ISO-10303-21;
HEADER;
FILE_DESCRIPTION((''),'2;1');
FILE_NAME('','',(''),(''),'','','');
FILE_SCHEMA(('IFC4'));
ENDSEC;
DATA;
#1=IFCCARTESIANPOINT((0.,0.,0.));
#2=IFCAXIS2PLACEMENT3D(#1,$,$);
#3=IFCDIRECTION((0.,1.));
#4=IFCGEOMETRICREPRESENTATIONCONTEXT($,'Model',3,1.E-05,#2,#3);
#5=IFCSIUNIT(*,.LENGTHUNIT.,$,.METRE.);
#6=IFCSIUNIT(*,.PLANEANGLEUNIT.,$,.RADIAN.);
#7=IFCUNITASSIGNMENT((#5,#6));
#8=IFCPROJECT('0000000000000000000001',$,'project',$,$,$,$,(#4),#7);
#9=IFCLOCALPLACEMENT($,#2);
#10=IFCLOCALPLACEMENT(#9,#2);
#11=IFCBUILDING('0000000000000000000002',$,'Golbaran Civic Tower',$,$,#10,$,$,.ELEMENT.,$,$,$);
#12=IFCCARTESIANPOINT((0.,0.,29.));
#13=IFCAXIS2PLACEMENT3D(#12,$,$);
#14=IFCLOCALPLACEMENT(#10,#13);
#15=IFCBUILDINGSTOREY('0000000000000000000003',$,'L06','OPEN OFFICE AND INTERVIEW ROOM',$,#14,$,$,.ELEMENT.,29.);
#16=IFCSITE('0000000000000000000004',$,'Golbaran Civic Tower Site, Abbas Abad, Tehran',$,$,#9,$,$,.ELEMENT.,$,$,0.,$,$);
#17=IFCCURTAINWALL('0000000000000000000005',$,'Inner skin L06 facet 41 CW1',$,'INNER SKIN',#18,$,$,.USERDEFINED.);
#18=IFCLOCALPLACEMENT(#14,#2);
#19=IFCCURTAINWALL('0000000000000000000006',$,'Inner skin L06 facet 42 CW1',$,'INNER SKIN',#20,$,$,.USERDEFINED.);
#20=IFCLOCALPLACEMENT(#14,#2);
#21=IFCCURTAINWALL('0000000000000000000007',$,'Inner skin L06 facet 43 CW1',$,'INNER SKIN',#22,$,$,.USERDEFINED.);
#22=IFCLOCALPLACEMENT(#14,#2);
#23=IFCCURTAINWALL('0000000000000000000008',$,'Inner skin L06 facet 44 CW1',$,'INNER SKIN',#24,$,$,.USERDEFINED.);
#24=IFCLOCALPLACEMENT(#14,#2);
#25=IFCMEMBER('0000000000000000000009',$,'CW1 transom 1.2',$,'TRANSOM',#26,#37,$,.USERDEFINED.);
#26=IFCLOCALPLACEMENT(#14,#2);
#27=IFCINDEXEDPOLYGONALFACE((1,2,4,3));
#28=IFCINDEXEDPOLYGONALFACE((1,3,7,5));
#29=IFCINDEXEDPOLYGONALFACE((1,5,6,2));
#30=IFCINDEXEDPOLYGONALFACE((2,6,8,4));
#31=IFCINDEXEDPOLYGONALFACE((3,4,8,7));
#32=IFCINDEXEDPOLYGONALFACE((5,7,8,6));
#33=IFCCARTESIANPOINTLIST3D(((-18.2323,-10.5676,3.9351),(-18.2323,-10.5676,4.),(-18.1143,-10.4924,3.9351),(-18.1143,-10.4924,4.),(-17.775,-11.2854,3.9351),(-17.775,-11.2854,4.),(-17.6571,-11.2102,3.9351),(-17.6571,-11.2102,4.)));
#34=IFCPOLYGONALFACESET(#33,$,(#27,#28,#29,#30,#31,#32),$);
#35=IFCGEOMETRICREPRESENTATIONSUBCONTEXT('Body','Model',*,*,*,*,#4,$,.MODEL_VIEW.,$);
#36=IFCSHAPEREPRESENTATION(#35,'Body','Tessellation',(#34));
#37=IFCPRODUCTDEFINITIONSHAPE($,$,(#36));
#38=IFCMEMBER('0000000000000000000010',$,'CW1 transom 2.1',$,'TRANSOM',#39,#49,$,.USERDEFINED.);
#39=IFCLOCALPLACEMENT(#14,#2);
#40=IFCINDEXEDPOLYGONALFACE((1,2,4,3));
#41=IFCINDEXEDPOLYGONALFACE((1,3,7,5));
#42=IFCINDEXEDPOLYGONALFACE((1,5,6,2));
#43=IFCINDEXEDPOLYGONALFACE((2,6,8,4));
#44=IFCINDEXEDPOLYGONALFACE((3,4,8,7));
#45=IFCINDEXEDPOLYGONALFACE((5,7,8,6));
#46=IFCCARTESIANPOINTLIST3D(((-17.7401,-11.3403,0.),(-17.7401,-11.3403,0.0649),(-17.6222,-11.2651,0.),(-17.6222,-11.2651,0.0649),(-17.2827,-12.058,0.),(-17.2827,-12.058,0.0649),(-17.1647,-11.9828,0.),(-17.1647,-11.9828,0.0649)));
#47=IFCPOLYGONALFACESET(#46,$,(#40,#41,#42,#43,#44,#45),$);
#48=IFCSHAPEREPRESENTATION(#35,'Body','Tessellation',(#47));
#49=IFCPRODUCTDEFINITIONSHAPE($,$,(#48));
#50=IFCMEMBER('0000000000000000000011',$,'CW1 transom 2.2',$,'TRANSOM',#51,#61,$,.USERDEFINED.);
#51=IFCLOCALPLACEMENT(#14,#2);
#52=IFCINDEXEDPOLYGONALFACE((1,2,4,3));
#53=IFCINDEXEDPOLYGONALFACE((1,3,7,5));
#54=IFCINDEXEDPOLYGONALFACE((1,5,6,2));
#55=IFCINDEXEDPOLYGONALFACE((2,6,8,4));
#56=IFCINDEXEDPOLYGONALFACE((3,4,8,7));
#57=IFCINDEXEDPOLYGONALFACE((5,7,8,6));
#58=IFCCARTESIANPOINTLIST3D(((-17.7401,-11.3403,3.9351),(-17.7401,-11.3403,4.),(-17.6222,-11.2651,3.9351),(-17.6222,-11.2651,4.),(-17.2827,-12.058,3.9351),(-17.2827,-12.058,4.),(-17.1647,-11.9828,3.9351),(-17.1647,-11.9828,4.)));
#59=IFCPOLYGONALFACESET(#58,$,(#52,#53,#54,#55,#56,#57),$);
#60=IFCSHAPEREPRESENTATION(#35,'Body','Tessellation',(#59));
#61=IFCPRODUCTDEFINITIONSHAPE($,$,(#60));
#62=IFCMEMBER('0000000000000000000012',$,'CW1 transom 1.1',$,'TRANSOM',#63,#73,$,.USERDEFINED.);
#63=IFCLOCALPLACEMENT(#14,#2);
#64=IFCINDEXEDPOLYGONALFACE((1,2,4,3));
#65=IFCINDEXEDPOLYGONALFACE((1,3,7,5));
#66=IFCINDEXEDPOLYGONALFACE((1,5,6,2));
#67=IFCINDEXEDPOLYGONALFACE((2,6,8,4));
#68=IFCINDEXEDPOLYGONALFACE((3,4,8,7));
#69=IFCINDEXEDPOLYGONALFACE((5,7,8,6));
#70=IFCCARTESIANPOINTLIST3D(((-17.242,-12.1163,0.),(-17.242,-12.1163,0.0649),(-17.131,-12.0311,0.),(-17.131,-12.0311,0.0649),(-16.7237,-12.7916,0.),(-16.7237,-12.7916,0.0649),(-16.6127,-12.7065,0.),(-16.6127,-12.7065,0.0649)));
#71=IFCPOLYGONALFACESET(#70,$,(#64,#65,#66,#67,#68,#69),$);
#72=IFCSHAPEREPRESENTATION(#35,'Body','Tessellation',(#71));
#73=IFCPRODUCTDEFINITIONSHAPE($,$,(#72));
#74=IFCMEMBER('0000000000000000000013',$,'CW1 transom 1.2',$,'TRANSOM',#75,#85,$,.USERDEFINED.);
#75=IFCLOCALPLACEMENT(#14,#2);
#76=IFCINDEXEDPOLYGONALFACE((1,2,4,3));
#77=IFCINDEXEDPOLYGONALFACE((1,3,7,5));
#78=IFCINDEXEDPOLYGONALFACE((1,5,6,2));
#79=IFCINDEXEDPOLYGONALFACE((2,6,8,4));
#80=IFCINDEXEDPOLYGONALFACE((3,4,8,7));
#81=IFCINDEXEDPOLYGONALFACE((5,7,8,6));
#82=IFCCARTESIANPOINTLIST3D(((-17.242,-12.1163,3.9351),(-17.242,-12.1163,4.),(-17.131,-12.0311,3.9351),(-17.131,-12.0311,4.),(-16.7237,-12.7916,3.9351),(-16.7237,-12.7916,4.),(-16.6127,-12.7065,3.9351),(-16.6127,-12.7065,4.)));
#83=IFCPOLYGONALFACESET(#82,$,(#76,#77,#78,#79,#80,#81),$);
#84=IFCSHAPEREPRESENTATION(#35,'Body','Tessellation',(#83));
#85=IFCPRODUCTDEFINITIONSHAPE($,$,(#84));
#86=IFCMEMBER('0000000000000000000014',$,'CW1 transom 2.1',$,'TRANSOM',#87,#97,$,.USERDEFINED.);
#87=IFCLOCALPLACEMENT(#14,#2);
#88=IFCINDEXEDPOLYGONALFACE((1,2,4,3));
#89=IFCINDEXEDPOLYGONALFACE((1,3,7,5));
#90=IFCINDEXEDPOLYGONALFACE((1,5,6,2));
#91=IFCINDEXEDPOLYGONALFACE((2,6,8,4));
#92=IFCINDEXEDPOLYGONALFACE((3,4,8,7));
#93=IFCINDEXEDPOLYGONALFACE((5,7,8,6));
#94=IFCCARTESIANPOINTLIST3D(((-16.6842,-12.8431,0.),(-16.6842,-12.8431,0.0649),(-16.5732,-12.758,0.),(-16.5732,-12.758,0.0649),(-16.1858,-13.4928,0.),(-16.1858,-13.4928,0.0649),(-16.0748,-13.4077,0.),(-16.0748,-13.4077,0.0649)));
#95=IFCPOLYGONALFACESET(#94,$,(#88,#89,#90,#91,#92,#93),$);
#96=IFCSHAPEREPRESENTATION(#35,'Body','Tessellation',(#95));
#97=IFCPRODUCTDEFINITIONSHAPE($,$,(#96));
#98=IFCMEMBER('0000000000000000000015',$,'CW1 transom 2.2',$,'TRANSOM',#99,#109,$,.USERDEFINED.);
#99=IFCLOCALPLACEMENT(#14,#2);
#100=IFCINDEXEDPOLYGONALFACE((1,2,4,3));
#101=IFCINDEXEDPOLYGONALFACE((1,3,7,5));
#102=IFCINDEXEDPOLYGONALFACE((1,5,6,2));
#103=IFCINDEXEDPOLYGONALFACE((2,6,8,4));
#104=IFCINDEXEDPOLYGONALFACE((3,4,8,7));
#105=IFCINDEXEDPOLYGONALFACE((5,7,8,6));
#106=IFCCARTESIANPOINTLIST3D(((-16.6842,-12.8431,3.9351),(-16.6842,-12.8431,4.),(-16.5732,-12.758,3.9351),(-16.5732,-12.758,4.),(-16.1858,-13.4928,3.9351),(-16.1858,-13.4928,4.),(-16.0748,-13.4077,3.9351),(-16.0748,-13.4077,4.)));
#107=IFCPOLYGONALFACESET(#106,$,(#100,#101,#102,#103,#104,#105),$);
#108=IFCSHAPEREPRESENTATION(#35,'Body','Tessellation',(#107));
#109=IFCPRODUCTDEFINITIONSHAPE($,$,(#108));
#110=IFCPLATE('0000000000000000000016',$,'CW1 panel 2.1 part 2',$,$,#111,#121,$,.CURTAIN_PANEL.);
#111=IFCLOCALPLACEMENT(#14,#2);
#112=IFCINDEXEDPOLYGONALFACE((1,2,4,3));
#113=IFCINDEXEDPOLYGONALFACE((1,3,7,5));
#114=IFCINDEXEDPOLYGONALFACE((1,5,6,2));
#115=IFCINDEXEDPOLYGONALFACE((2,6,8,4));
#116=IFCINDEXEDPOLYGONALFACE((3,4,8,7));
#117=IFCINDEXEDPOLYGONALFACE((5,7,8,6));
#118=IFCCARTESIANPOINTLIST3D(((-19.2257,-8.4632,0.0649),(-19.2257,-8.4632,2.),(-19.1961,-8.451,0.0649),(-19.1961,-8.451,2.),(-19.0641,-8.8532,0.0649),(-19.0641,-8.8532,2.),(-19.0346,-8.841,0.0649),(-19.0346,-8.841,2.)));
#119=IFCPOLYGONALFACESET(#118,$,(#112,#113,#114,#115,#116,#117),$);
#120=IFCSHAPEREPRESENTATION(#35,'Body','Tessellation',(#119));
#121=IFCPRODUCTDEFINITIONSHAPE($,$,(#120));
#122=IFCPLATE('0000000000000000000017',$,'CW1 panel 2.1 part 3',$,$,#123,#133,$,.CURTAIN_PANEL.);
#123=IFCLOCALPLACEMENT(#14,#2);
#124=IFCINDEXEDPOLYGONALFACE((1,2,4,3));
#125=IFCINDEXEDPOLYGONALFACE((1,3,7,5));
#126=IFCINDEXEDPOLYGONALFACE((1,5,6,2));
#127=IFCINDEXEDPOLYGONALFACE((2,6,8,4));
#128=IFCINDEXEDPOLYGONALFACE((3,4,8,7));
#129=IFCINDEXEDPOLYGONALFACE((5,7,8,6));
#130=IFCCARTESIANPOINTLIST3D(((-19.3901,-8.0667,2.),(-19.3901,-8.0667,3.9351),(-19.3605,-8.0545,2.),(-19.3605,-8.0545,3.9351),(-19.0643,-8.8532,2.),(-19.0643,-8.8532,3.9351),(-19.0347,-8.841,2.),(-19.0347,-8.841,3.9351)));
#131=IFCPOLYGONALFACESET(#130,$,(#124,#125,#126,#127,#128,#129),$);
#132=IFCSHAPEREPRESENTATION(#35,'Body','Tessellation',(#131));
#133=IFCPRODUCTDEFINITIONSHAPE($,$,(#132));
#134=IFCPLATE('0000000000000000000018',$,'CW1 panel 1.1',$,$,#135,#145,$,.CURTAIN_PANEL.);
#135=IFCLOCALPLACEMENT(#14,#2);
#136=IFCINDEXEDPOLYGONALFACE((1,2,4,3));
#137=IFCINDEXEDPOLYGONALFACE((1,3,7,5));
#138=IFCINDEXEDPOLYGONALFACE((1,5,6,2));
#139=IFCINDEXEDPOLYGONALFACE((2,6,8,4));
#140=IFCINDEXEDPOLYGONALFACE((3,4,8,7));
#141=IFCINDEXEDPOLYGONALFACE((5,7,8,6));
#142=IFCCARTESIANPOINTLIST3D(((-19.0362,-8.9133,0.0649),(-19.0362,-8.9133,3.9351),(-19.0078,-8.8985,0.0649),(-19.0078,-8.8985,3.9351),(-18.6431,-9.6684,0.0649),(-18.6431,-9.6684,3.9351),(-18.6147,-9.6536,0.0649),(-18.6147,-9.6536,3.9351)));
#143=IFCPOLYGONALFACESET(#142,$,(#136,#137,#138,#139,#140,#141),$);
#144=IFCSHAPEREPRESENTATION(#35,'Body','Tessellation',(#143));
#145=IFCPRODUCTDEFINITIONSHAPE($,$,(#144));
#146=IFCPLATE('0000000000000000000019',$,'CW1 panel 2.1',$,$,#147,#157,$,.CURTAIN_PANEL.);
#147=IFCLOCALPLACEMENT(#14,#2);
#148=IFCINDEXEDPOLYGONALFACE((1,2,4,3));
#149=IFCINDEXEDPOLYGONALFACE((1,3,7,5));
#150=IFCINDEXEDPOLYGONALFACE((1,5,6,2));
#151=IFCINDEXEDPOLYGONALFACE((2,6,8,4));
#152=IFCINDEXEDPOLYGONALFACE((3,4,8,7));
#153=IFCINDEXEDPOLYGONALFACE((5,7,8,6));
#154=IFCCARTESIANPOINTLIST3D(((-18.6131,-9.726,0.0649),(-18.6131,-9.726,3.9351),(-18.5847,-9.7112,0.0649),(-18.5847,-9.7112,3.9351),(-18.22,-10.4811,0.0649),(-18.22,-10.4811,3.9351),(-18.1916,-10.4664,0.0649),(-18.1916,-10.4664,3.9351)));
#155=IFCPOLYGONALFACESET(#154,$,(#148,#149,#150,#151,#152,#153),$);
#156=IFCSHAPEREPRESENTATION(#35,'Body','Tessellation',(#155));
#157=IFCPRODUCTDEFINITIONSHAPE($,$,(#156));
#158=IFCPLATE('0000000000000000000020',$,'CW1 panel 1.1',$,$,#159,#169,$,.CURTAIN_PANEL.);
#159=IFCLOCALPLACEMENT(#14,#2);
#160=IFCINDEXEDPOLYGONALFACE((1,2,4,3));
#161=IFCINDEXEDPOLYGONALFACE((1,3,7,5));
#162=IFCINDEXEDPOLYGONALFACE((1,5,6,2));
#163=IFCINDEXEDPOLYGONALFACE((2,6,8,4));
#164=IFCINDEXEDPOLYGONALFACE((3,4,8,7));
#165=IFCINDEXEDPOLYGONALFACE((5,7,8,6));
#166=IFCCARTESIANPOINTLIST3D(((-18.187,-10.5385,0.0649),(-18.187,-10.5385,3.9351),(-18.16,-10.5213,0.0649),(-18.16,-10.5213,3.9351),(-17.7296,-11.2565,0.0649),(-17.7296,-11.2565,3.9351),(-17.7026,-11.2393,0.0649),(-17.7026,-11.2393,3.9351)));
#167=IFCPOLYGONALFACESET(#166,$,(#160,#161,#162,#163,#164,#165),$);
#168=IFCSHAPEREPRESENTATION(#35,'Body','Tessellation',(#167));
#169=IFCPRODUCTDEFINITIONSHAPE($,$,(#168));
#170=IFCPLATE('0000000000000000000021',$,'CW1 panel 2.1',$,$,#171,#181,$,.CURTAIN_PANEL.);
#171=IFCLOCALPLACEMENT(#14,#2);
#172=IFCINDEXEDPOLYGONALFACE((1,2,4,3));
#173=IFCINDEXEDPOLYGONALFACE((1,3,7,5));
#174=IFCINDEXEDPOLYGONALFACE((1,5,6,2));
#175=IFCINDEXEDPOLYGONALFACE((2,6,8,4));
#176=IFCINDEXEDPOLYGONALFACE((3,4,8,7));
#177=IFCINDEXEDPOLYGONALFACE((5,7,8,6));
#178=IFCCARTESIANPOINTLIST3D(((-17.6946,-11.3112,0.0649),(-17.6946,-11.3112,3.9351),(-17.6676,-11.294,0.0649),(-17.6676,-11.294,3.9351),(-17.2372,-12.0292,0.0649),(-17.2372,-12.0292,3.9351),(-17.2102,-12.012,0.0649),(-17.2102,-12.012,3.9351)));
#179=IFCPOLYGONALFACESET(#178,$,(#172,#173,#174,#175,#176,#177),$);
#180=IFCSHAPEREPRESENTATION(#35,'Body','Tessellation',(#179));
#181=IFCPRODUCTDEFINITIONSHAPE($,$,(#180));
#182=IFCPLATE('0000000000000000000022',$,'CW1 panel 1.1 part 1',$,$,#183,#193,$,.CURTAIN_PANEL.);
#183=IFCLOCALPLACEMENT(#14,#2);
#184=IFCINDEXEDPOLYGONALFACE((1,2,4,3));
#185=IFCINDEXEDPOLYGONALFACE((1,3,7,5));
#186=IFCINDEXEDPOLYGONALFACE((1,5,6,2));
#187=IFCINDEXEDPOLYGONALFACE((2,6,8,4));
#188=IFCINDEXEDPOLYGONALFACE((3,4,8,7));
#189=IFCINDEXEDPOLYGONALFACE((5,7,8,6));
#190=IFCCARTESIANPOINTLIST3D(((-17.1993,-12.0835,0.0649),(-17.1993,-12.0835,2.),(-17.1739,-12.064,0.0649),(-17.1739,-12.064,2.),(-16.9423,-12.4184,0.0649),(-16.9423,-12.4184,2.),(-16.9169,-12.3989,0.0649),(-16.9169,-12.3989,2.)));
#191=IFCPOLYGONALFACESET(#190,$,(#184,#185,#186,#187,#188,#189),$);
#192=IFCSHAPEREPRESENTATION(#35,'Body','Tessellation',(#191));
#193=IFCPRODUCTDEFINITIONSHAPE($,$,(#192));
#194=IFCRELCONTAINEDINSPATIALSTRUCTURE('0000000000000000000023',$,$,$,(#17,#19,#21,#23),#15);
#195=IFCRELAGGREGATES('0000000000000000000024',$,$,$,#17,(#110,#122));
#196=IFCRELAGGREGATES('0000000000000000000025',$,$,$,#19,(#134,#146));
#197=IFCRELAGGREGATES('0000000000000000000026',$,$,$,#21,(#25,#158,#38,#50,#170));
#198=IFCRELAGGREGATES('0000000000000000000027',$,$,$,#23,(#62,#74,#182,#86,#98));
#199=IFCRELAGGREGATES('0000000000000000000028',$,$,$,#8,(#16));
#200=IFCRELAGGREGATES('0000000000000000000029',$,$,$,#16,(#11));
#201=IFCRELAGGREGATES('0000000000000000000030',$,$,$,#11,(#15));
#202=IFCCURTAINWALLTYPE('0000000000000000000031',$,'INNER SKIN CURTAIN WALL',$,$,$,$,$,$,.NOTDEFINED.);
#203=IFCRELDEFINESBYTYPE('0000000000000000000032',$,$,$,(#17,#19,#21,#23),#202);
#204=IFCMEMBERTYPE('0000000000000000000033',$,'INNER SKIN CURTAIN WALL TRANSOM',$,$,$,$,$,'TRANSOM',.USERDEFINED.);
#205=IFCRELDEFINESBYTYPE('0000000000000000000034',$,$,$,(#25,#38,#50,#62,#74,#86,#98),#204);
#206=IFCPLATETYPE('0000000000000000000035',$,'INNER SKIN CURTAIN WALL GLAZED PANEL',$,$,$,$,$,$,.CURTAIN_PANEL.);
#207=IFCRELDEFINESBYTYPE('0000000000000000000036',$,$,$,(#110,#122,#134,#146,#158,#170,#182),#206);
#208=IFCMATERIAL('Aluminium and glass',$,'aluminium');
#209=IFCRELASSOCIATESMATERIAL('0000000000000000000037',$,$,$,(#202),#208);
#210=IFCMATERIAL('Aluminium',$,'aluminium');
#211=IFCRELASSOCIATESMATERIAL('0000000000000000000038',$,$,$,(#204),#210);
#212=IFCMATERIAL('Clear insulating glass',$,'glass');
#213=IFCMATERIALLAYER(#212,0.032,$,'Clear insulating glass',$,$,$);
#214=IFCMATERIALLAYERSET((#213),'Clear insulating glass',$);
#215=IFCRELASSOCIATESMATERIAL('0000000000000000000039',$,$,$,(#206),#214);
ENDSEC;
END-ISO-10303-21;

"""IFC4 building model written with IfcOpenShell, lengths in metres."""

from ifc_helpers import new_model, si_unit, direction, frame, origin, origin_2d, place, context, subcontext, project, spatial, rectangle, extrude, material, layer, layer_set, material_profile, profile_set, type_object, element, aggregate, save


model = new_model("IFC4")

# Units and contexts
model_context = context("Model", 3, precision=1e-05, world=origin(), true_north=direction((0.0, 1.0)))
body_context = subcontext(model_context, "Body", "Model", "MODEL_VIEW")
ifc_project = project(units=[si_unit("LENGTHUNIT", "METRE"), si_unit("PLANEANGLEUNIT", "RADIAN")], contexts=[model_context])

# Site, building, storey
site_placement = place(None, origin())
site = spatial("IfcSite", under=ifc_project, at=site_placement, Name="Golbaran Civic Tower Site, Abbas Abad, Tehran", CompositionType="ELEMENT", RefElevation=0.0)
building_placement = place(site_placement, origin())
building = spatial("IfcBuilding", under=site, at=building_placement, Name="Golbaran Civic Tower", CompositionType="ELEMENT")
storey_placement = place(building_placement, frame((0.0, 0.0, 29.0)))
storey = spatial("IfcBuildingStorey", under=building, at=storey_placement, Name="L06", Description="OPEN OFFICE AND INTERVIEW ROOM", CompositionType="ELEMENT", Elevation=29.0)

# Curtain wall
ifc_material_1 = material(Name="Aluminium and glass", Category="aluminium")
curtain_wall_type = type_object("IfcCurtainWallType", Name="INNER SKIN CURTAIN WALL", PredefinedType="NOTDEFINED", material=ifc_material_1)
curtain_wall_1_placement = place(storey_placement, origin())
curtain_wall_1 = element("IfcCurtainWall", 1, at=curtain_wall_1_placement, inside=storey, type_object=curtain_wall_type, Name="Inner skin L06 facet 41 CW1", ObjectType="INNER SKIN", PredefinedType="USERDEFINED")
ifc_material_2 = material(Name="Aluminium", Category="aluminium")

# Curtain walls
curtain_wall_2_placement = place(storey_placement, origin())
curtain_wall_2 = element("IfcCurtainWall", 2, at=curtain_wall_2_placement, inside=storey, type_object=curtain_wall_type, Name="Inner skin L06 facet 42 CW1", ObjectType="INNER SKIN", PredefinedType="USERDEFINED")
curtain_wall_3_placement = place(storey_placement, origin())
curtain_wall_3 = element("IfcCurtainWall", 3, at=curtain_wall_3_placement, inside=storey, type_object=curtain_wall_type, Name="Inner skin L06 facet 43 CW1", ObjectType="INNER SKIN", PredefinedType="USERDEFINED")

# Curtain wall
curtain_wall_4_placement = place(storey_placement, origin())
curtain_wall_4 = element("IfcCurtainWall", 4, at=curtain_wall_4_placement, inside=storey, type_object=curtain_wall_type, Name="Inner skin L06 facet 44 CW1", ObjectType="INNER SKIN", PredefinedType="USERDEFINED")

# Members
ifc_material_profile_1 = material_profile(ifc_material_2, rectangle(XDim=0.1399, YDim=0.0649, at=origin_2d()), Name="INNER SKIN CURTAIN WALL TRANSOM")
ifc_profile_set_1 = profile_set([ifc_material_profile_1], Name="Aluminium")
member_type_1 = type_object("IfcMemberType", Name="INNER SKIN CURTAIN WALL TRANSOM", ElementType="TRANSOM", PredefinedType="USERDEFINED", material=ifc_profile_set_1)
member_1_placement = place(storey_placement, frame((-18.1733, -10.53, 3.9675), z_axis=(0.537302, -0.84339, 0.0), x_axis=(0.84339, 0.537302, 0.0)))
member_1 = element("IfcMember", 5, at=member_1_placement, type_object=member_type_1, Name="CW1 transom 1.2", ObjectType="TRANSOM", PredefinedType="USERDEFINED", context=body_context, shape_type="SweptSolid", body=[
    extrude(rectangle(XDim=0.1399, YDim=0.0649, at=origin_2d()), origin(), (0.0, 0.0, 1.0), 0.8511),
])
member_2_placement = place(storey_placement, frame((-17.6812, -11.3027, 0.0325), z_axis=(0.537506, -0.84326, 0.0), x_axis=(0.84326, 0.537506, 0.0)))
member_2 = element("IfcMember", 6, at=member_2_placement, type_object=member_type_1, Name="CW1 transom 2.1", ObjectType="TRANSOM", PredefinedType="USERDEFINED", context=body_context, shape_type="SweptSolid", body=[
    extrude(rectangle(XDim=0.1399, YDim=0.0649, at=origin_2d()), origin(), (0.0, 0.0, 1.0), 0.8511),
])
member_3_placement = place(storey_placement, frame((-17.6812, -11.3027, 3.9675), z_axis=(0.537506, -0.84326, 0.0), x_axis=(0.84326, 0.537506, 0.0)))
member_3 = element("IfcMember", 7, at=member_3_placement, type_object=member_type_1, Name="CW1 transom 2.2", ObjectType="TRANSOM", PredefinedType="USERDEFINED", context=body_context, shape_type="SweptSolid", body=[
    extrude(rectangle(XDim=0.1399, YDim=0.0649, at=origin_2d()), origin(), (0.0, 0.0, 1.0), 0.8511),
])
member_4_placement = place(storey_placement, frame((-17.1865, -12.0737, 0.0325), z_axis=(0.608865, -0.793274, 0.0), x_axis=(0.793274, 0.608865, 0.0)))
member_4 = element("IfcMember", 8, at=member_4_placement, type_object=member_type_1, Name="CW1 transom 1.1", ObjectType="TRANSOM", PredefinedType="USERDEFINED", context=body_context, shape_type="SweptSolid", body=[
    extrude(rectangle(XDim=0.1399, YDim=0.0649, at=origin_2d()), origin(), (0.0, 0.0, 1.0), 0.8513),
])
member_5_placement = place(storey_placement, frame((-17.1865, -12.0737, 3.9675), z_axis=(0.608865, -0.793274, 0.0), x_axis=(0.793274, 0.608865, 0.0)))
member_5 = element("IfcMember", 9, at=member_5_placement, type_object=member_type_1, Name="CW1 transom 1.2", ObjectType="TRANSOM", PredefinedType="USERDEFINED", context=body_context, shape_type="SweptSolid", body=[
    extrude(rectangle(XDim=0.1399, YDim=0.0649, at=origin_2d()), origin(), (0.0, 0.0, 1.0), 0.8513),
])
member_6_placement = place(storey_placement, frame((-16.6287, -12.8005, 0.0325), z_axis=(0.608601, -0.793477, 0.0), x_axis=(0.793477, 0.608601, 0.0)))
member_6 = element("IfcMember", 10, at=member_6_placement, type_object=member_type_1, Name="CW1 transom 2.1", ObjectType="TRANSOM", PredefinedType="USERDEFINED", context=body_context, shape_type="SweptSolid", body=[
    extrude(rectangle(XDim=0.1399, YDim=0.0649, at=origin_2d()), origin(), (0.0, 0.0, 1.0), 0.8188),
])
member_7_placement = place(storey_placement, frame((-16.6287, -12.8005, 3.9675), z_axis=(0.608601, -0.793477, 0.0), x_axis=(0.793477, 0.608601, 0.0)))
member_7 = element("IfcMember", 11, at=member_7_placement, type_object=member_type_1, Name="CW1 transom 2.2", ObjectType="TRANSOM", PredefinedType="USERDEFINED", context=body_context, shape_type="SweptSolid", body=[
    extrude(rectangle(XDim=0.1399, YDim=0.0649, at=origin_2d()), origin(), (0.0, 0.0, 1.0), 0.8188),
])

# Plates
ifc_material_3 = material(Name="Clear insulating glass", Category="glass")
ifc_layer_1 = layer(ifc_material_3, 0.032, Name="Clear insulating glass")
ifc_layer_set_1 = layer_set([ifc_layer_1], Name="Clear insulating glass")
plate_type_1 = type_object("IfcPlateType", Name="INNER SKIN CURTAIN WALL GLAZED PANEL", PredefinedType="CURTAIN_PANEL", material=ifc_layer_set_1)
plate_1_placement = place(storey_placement, frame((-19.1301, -8.6521, 0.0649), z_axis=(0.0, 0.0, 1.0), x_axis=(0.382683, -0.92388, 0.0)))
plate_1 = element("IfcPlate", 12, at=plate_1_placement, type_object=plate_type_1, Name="CW1 panel 2.1 part 2", PredefinedType="CURTAIN_PANEL", context=body_context, shape_type="SweptSolid", body=[
    extrude(rectangle(XDim=0.4221, YDim=0.032, at=origin_2d()), origin(), (0.0, 0.0, 1.0), 1.9351),
])
plate_2_placement = place(storey_placement, frame((-19.2124, -8.4539, 2.0), z_axis=(0.0, 0.0, 1.0), x_axis=(0.382683, -0.92388, 0.0)))
plate_2 = element("IfcPlate", 13, at=plate_2_placement, type_object=plate_type_1, Name="CW1 panel 2.1 part 3", PredefinedType="CURTAIN_PANEL", context=body_context, shape_type="SweptSolid", body=[
    extrude(rectangle(XDim=0.8513, YDim=0.032, at=origin_2d()), origin(), (0.0, 0.0, 1.0), 1.9351),
])
aggregate(curtain_wall_1, [plate_1, plate_2])
plate_3_placement = place(storey_placement, frame((-18.8254, -9.2834, 0.0649), z_axis=(0.0, 0.0, 1.0), x_axis=(0.461749, -0.887011, 0.0)))
plate_3 = element("IfcPlate", 14, at=plate_3_placement, type_object=plate_type_1, Name="CW1 panel 1.1", PredefinedType="CURTAIN_PANEL", context=body_context, shape_type="SweptSolid", body=[
    extrude(rectangle(XDim=0.8513, YDim=0.032, at=origin_2d()), origin(), (0.0, 0.0, 1.0), 3.8701),
])
plate_4_placement = place(storey_placement, frame((-18.4023, -10.0962, 0.0649), z_axis=(0.0, 0.0, 1.0), x_axis=(0.461749, -0.887011, 0.0)))
plate_4 = element("IfcPlate", 15, at=plate_4_placement, type_object=plate_type_1, Name="CW1 panel 2.1", PredefinedType="CURTAIN_PANEL", context=body_context, shape_type="SweptSolid", body=[
    extrude(rectangle(XDim=0.8513, YDim=0.032, at=origin_2d()), origin(), (0.0, 0.0, 1.0), 3.8701),
])
aggregate(curtain_wall_2, [plate_3, plate_4])
plate_5_placement = place(storey_placement, frame((-17.9448, -10.8889, 0.0649), z_axis=(0.0, 0.0, 1.0), x_axis=(0.5373, -0.843391, 0.0)))
plate_5 = element("IfcPlate", 16, at=plate_5_placement, type_object=plate_type_1, Name="CW1 panel 1.1", PredefinedType="CURTAIN_PANEL", context=body_context, shape_type="SweptSolid", body=[
    extrude(rectangle(XDim=0.8513, YDim=0.032, at=origin_2d()), origin(), (0.0, 0.0, 1.0), 3.8701),
])
plate_6_placement = place(storey_placement, frame((-17.4524, -11.6616, 0.0649), z_axis=(0.0, 0.0, 1.0), x_axis=(0.5373, -0.843391, 0.0)))
plate_6 = element("IfcPlate", 17, at=plate_6_placement, type_object=plate_type_1, Name="CW1 panel 2.1", PredefinedType="CURTAIN_PANEL", context=body_context, shape_type="SweptSolid", body=[
    extrude(rectangle(XDim=0.8513, YDim=0.032, at=origin_2d()), origin(), (0.0, 0.0, 1.0), 3.8701),
])
aggregate(curtain_wall_3, [member_1, plate_5, member_2, member_3, plate_6])
plate_7_placement = place(storey_placement, frame((-17.0581, -12.2412, 0.0649), z_axis=(0.0, 0.0, 1.0), x_axis=(0.608761, -0.793353, 0.0)))
plate_7 = element("IfcPlate", 18, at=plate_7_placement, type_object=plate_type_1, Name="CW1 panel 1.1 part 1", PredefinedType="CURTAIN_PANEL", context=body_context, shape_type="SweptSolid", body=[
    extrude(rectangle(XDim=0.4221, YDim=0.032, at=origin_2d()), origin(), (0.0, 0.0, 1.0), 1.9351),
])
aggregate(curtain_wall_4, [member_4, member_5, plate_7, member_6, member_7])

save(model, "model.ifc")
